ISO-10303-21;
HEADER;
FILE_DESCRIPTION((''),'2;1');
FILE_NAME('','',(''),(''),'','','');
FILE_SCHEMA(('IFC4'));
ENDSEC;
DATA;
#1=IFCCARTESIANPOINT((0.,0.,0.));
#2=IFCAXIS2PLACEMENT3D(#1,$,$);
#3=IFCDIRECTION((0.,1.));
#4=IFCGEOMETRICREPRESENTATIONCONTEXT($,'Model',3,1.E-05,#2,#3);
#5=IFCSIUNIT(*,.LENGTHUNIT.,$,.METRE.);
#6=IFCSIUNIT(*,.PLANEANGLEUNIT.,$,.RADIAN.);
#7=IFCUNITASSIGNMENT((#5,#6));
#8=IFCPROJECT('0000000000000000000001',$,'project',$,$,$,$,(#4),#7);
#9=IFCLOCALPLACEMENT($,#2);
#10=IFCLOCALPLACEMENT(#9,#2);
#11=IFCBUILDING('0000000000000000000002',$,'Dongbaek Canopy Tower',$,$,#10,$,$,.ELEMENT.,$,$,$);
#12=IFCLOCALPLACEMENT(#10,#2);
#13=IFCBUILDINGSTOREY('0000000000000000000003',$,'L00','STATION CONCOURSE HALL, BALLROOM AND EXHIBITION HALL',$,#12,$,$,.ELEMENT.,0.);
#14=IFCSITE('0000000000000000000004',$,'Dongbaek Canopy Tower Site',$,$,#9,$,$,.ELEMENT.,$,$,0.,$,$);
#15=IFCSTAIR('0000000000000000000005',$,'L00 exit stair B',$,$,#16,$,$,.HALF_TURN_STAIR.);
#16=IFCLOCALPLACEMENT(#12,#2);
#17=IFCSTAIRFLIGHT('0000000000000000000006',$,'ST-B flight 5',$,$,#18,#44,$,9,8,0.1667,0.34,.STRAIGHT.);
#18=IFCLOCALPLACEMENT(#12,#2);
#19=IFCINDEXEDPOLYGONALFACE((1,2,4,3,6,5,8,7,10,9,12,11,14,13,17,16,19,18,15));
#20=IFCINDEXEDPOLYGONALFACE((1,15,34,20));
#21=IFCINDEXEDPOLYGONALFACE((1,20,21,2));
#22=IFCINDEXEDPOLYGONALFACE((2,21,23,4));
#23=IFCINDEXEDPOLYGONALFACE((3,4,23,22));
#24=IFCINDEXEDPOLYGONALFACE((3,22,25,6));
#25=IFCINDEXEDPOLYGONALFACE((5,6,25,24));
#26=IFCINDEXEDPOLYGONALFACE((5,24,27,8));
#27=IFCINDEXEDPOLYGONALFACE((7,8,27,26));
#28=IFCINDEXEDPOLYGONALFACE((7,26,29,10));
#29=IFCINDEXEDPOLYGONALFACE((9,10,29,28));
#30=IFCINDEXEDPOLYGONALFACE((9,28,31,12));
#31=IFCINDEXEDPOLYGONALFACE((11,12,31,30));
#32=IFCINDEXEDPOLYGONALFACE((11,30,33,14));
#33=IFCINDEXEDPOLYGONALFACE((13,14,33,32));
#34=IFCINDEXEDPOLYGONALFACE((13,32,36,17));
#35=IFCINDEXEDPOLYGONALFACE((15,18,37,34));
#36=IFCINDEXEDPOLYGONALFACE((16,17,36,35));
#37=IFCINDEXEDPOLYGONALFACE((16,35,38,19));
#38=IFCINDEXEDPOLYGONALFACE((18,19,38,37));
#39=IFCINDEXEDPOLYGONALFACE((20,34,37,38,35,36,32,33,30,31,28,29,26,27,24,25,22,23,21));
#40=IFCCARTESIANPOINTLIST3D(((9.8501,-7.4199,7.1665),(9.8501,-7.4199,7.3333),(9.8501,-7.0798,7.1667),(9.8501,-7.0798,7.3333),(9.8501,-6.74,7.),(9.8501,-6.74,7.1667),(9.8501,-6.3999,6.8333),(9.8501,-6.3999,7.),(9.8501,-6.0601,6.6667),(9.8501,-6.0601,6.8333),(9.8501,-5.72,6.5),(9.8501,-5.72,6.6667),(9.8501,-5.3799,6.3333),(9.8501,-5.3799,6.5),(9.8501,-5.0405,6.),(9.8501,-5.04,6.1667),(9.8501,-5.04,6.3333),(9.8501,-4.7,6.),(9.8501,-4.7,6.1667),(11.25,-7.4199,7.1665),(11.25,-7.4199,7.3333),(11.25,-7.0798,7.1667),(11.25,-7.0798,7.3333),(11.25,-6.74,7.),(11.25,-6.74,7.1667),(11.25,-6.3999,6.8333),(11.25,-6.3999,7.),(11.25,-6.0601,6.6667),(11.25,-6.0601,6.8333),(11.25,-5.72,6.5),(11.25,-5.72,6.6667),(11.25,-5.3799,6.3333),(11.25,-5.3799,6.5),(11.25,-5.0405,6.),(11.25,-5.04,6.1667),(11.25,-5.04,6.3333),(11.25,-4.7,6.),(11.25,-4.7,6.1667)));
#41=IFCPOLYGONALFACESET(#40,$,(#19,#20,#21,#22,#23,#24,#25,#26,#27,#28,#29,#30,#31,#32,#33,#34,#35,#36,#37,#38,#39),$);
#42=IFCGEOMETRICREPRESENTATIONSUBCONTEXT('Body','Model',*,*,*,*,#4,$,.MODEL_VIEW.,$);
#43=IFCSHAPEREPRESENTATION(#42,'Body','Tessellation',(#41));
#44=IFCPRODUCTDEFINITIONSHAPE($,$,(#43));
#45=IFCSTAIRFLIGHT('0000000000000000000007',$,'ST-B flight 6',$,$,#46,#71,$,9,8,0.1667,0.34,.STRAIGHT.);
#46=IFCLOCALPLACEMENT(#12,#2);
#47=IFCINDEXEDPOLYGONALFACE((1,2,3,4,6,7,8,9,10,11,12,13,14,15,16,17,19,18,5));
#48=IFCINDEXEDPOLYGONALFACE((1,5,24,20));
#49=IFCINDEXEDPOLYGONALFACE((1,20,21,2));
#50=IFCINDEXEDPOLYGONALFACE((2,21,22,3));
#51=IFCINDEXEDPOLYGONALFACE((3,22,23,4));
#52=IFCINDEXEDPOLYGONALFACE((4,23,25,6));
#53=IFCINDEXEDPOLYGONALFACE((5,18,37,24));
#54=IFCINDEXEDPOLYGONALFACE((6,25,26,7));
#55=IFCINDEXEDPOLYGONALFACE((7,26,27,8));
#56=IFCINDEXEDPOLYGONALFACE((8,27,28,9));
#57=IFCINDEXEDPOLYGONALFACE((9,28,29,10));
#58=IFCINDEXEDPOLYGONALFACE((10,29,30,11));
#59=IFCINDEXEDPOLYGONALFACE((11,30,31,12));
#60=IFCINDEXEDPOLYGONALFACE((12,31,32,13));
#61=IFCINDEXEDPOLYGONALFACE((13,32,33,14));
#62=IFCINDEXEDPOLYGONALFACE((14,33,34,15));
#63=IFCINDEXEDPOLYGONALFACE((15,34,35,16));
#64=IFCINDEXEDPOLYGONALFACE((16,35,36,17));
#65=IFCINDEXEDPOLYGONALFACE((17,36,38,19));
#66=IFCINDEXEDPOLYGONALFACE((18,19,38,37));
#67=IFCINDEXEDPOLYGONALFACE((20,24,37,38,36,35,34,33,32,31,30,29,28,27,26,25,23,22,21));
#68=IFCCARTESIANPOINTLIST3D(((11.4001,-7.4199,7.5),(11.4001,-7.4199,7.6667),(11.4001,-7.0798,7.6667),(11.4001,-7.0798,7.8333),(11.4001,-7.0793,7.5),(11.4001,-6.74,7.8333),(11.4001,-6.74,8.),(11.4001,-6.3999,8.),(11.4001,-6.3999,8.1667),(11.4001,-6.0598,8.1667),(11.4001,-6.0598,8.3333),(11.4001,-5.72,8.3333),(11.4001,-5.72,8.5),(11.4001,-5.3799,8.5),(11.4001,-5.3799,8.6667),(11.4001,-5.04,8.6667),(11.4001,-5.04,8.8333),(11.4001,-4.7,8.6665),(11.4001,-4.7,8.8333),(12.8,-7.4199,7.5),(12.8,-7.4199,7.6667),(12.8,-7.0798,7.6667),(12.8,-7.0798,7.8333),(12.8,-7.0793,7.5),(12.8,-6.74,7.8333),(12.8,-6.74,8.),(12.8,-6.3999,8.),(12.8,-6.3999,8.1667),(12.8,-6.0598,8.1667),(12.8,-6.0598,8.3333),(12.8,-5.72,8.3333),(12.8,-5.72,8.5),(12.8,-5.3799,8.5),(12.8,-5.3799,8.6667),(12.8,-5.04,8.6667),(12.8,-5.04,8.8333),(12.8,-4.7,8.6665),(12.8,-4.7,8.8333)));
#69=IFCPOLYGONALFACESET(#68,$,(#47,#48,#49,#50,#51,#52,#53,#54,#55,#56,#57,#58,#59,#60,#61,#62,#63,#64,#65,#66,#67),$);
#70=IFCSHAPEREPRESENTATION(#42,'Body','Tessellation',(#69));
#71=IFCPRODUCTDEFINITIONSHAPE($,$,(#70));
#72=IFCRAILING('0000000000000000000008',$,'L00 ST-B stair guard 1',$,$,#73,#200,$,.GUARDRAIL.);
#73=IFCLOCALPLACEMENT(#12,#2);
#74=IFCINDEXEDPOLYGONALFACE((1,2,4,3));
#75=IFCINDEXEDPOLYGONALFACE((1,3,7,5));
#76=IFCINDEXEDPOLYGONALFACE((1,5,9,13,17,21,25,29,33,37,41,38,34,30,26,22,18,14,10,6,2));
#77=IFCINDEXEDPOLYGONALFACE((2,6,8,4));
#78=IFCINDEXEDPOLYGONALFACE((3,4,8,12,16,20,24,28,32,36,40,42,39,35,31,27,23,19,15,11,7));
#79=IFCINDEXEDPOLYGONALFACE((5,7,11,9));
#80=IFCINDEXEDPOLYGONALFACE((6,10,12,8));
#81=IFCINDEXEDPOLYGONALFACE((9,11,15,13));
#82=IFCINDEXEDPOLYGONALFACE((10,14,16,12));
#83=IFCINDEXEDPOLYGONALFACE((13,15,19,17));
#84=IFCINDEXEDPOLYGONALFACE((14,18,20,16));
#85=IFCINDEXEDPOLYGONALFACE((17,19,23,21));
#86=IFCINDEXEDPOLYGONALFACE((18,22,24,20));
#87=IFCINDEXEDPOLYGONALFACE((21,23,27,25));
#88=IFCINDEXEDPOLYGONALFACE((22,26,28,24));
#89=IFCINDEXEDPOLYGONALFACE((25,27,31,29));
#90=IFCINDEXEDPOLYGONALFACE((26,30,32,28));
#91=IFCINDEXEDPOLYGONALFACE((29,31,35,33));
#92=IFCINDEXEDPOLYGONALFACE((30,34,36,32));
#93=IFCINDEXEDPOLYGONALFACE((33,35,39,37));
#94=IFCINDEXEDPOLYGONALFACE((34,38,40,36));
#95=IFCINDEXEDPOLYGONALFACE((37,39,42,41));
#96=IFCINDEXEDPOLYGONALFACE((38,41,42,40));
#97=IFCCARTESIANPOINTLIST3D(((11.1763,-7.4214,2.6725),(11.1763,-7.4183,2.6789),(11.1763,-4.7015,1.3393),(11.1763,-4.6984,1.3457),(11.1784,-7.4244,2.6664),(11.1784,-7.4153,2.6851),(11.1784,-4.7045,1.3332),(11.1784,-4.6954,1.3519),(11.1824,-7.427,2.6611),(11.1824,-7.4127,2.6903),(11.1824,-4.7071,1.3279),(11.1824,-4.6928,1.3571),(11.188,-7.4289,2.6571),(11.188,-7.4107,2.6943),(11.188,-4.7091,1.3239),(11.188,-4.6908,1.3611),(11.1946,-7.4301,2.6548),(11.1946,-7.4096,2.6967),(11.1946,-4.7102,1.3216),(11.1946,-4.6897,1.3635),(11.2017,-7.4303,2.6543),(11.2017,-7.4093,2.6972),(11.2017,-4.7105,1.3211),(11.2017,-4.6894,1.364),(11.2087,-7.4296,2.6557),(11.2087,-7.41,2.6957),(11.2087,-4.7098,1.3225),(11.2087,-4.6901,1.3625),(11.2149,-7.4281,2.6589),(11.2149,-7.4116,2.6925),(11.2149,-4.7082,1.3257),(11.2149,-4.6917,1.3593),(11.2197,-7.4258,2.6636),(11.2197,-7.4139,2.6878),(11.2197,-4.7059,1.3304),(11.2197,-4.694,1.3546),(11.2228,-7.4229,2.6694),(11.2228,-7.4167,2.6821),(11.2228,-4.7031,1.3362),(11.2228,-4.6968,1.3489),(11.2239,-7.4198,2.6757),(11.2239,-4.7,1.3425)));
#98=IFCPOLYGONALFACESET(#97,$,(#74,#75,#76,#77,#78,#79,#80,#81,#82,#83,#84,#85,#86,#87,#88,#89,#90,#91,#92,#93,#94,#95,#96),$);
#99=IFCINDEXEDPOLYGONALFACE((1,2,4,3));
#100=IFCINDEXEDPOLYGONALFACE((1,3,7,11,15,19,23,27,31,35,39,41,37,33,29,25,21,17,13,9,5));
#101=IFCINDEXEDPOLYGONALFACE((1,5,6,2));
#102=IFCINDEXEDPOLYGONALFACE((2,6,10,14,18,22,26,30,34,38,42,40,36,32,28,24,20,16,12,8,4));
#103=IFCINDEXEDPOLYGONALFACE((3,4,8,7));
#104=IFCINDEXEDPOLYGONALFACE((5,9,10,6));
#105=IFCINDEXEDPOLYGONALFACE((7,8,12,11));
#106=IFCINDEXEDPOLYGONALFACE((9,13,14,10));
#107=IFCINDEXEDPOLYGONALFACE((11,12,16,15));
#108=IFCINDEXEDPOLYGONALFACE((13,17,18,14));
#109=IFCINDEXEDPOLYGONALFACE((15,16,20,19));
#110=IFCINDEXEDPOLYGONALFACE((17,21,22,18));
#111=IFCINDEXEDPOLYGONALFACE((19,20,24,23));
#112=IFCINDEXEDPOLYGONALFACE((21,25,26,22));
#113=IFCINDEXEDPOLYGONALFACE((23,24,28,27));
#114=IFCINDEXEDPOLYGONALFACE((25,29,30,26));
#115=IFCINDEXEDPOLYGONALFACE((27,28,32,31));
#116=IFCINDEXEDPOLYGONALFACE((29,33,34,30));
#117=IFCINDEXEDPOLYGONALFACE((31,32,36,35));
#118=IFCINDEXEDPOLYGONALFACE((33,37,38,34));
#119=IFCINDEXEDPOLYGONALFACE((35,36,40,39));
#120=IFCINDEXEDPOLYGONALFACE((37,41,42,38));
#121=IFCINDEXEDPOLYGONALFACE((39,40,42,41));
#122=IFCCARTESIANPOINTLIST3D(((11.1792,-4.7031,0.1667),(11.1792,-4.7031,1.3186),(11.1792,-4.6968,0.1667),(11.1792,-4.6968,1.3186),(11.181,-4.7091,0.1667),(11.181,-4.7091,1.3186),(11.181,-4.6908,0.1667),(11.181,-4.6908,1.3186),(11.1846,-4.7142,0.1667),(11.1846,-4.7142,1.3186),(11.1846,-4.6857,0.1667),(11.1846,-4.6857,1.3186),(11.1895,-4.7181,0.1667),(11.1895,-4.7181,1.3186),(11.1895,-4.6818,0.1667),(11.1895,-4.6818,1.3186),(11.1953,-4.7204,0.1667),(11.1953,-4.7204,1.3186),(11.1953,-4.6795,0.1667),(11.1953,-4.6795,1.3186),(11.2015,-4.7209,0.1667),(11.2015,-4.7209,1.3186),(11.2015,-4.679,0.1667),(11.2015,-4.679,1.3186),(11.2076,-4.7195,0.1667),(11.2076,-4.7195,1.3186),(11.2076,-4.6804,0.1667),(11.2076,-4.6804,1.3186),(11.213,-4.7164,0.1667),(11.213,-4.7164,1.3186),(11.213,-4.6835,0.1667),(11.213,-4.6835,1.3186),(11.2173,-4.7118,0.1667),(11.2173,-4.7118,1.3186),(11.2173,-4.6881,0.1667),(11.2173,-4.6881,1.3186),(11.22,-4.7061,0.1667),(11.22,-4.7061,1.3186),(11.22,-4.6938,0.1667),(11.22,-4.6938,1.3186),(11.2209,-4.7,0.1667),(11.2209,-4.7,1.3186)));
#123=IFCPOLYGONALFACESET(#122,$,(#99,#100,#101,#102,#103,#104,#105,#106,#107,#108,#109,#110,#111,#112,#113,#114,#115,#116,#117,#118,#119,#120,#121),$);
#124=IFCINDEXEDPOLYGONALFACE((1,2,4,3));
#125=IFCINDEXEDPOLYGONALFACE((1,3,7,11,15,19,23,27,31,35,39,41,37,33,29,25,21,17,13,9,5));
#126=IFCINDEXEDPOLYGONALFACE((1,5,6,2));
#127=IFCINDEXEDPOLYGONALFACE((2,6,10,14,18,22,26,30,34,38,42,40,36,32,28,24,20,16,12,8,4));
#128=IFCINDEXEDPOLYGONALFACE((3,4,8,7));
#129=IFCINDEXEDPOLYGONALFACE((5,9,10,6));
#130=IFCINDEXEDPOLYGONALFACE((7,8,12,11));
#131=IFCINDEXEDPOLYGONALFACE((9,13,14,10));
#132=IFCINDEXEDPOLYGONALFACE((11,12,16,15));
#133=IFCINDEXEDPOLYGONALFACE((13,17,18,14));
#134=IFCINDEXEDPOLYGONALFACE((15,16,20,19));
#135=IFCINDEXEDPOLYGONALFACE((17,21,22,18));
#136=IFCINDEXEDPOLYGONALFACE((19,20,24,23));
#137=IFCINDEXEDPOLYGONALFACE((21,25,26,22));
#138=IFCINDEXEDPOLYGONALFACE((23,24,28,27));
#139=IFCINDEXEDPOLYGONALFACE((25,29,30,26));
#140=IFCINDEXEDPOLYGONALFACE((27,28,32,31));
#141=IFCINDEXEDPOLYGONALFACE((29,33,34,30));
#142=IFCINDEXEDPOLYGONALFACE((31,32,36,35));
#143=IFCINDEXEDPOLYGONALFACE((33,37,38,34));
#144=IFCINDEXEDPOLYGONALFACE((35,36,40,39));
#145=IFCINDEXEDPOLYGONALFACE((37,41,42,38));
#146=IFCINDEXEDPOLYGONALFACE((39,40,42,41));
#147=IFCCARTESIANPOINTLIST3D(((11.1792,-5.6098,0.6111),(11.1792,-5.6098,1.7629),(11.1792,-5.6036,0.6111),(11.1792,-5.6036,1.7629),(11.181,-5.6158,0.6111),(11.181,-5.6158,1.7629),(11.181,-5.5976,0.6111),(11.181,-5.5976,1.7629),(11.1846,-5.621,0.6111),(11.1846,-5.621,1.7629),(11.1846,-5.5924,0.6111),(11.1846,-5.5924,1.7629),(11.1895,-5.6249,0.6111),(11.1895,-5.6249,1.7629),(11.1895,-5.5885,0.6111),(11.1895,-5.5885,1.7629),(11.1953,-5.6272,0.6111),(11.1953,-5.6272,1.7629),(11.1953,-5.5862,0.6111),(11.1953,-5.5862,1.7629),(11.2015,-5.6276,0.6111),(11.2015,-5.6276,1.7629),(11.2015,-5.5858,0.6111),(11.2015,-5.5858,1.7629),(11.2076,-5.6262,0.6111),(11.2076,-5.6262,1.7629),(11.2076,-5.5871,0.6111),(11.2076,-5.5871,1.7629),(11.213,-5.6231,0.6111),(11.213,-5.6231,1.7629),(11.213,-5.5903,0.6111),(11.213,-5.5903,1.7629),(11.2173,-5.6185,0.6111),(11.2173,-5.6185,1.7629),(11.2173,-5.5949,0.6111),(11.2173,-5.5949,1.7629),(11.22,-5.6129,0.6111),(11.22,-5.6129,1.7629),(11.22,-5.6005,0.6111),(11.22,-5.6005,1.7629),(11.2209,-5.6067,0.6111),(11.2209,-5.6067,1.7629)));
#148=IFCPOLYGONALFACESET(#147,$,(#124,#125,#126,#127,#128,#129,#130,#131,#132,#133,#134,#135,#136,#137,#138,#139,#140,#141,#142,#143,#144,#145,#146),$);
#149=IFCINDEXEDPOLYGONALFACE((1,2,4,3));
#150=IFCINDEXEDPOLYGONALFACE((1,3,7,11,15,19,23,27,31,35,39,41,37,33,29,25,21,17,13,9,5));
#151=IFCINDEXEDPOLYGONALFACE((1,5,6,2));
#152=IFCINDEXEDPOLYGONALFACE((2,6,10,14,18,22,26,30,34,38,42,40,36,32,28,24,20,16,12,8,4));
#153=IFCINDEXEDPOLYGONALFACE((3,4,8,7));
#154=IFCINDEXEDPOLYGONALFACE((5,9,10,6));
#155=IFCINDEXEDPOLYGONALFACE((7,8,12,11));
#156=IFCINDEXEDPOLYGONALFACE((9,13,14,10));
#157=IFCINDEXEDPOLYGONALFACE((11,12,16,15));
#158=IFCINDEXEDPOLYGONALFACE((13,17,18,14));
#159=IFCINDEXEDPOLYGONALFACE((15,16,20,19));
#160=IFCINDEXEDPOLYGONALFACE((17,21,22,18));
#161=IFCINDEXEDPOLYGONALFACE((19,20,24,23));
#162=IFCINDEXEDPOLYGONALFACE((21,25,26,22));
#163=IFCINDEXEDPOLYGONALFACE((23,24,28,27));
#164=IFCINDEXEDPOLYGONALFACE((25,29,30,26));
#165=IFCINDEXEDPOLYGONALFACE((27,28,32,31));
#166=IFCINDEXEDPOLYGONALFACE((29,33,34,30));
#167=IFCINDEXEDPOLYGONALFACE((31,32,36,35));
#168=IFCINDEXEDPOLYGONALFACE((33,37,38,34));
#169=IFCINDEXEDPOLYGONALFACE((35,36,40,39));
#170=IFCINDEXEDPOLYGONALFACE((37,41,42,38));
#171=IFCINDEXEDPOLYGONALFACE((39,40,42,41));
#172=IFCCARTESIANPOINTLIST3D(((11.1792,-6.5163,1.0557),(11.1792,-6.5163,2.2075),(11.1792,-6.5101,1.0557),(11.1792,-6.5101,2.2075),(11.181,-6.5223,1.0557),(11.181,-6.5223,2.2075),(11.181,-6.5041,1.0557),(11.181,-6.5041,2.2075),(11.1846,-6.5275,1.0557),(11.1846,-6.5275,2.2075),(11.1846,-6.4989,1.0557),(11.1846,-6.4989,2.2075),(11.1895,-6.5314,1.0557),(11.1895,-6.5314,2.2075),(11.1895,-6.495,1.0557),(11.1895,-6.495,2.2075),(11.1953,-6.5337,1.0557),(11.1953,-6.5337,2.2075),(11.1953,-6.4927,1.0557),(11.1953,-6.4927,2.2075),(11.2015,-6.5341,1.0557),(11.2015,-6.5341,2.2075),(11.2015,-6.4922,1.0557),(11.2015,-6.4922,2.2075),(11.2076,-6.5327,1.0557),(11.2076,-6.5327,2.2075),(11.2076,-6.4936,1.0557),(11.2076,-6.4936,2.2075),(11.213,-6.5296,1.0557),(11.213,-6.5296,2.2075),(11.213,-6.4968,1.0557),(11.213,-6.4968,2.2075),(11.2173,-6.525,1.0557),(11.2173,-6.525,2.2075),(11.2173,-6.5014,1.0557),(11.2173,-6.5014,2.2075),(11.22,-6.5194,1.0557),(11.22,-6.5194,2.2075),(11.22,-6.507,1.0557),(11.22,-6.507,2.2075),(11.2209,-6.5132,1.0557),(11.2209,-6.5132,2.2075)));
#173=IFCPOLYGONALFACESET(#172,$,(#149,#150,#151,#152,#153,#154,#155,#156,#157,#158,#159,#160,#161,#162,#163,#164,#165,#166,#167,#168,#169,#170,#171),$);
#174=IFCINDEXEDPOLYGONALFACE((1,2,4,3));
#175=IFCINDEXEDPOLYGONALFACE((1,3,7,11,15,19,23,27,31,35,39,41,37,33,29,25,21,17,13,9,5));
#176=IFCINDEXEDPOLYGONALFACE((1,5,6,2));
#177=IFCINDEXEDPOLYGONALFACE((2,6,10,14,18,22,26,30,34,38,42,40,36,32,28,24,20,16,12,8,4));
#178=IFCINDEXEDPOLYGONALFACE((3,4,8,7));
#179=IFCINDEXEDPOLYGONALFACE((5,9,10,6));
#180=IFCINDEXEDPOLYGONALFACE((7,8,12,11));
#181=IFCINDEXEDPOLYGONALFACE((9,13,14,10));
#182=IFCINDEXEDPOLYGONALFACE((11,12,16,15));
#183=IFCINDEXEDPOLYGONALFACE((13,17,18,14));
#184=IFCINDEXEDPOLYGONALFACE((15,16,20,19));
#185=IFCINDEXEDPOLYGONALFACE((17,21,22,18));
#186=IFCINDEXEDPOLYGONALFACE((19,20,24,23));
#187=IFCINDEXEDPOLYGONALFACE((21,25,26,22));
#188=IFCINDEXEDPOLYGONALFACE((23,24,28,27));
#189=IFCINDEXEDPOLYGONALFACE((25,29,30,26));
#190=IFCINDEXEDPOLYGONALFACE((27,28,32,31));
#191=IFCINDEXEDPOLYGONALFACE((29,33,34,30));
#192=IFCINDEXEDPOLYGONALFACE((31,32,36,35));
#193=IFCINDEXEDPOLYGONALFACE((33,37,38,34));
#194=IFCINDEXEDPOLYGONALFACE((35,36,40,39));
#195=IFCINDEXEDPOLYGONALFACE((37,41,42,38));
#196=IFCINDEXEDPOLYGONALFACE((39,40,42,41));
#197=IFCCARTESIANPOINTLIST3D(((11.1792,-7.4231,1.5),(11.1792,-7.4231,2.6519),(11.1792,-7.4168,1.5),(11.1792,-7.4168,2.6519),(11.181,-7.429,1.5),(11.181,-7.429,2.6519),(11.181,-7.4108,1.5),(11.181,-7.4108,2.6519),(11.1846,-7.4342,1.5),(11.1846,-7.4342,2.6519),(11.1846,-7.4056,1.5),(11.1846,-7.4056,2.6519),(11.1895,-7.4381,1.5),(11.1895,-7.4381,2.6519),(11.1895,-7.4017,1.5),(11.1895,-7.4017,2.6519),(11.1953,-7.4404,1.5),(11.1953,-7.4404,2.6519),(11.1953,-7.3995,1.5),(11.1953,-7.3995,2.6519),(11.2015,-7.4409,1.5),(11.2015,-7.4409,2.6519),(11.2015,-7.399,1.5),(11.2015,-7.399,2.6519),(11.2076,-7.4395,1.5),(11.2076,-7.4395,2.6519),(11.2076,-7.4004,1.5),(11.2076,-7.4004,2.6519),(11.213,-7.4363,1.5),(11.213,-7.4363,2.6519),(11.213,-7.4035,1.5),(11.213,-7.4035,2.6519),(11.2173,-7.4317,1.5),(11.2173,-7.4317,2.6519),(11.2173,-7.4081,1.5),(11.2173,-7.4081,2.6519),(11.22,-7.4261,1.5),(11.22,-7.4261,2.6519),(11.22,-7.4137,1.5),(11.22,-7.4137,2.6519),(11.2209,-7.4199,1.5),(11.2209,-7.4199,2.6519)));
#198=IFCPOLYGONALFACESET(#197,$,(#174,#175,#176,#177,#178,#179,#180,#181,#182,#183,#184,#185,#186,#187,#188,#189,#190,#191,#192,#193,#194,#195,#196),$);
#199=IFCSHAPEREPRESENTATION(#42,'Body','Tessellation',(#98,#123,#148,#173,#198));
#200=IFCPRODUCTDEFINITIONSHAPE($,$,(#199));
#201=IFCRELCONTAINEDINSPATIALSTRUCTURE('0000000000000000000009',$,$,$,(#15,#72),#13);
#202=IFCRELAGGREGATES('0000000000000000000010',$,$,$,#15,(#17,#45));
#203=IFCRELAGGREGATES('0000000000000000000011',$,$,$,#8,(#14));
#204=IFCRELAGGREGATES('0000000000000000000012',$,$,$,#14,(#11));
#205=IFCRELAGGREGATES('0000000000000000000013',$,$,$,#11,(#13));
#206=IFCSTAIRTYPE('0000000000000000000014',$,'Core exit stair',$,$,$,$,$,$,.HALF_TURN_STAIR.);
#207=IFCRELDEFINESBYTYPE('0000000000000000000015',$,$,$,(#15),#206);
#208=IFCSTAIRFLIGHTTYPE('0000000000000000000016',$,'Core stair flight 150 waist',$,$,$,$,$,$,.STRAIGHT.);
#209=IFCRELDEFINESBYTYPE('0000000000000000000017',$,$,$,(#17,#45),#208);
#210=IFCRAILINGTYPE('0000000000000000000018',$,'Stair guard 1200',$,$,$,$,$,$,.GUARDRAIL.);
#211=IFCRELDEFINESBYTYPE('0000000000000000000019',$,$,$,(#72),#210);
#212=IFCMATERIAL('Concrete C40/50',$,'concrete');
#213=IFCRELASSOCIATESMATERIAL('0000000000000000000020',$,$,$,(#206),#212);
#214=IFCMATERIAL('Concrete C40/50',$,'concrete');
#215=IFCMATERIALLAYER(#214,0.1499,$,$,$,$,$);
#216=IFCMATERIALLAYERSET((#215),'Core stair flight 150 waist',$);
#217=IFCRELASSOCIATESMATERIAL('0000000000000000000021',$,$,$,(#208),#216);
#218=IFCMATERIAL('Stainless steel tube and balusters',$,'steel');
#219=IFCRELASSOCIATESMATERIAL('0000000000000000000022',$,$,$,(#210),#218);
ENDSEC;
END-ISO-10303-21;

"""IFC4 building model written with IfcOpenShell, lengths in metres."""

from ifc_helpers import new_model, si_unit, direction, frame, origin, origin_2d, place, context, subcontext, project, spatial, polyline, circle, outline, extrude, material, layer, layer_set, type_object, element, aggregate, save


model = new_model("IFC4")

# Units and contexts
model_context = context("Model", 3, precision=1e-05, world=origin(), true_north=direction((0.0, 1.0)))
body_context = subcontext(model_context, "Body", "Model", "MODEL_VIEW")
ifc_project = project(units=[si_unit("LENGTHUNIT", "METRE"), si_unit("PLANEANGLEUNIT", "RADIAN")], contexts=[model_context])

# Site, building, storey
site_placement = place(None, origin())
site = spatial("IfcSite", under=ifc_project, at=site_placement, Name="Dongbaek Canopy Tower Site", CompositionType="ELEMENT", RefElevation=0.0)
building_placement = place(site_placement, origin())
building = spatial("IfcBuilding", under=site, at=building_placement, Name="Dongbaek Canopy Tower", CompositionType="ELEMENT")
storey_placement = place(building_placement, origin())
storey = spatial("IfcBuildingStorey", under=building, at=storey_placement, Name="L00", Description="STATION CONCOURSE HALL, BALLROOM AND EXHIBITION HALL", CompositionType="ELEMENT", Elevation=0.0)

# Stair, stair flights
ifc_material_1 = material(Name="Concrete C40/50", Category="concrete")
stair_type = type_object("IfcStairType", Name="Core exit stair", PredefinedType="HALF_TURN_STAIR", material=ifc_material_1)
stair_placement = place(storey_placement, origin())
stair = element("IfcStair", 1, at=stair_placement, inside=storey, type_object=stair_type, Name="L00 exit stair B", PredefinedType="HALF_TURN_STAIR")
ifc_material_2 = material(Name="Concrete C40/50", Category="concrete")
ifc_layer_1 = layer(ifc_material_2, 0.1499)
ifc_layer_set_1 = layer_set([ifc_layer_1], Name="Core stair flight 150 waist")
stair_flight_type = type_object("IfcStairFlightType", Name="Core stair flight 150 waist", PredefinedType="STRAIGHT", material=ifc_layer_set_1)
stair_flight_1_placement = place(storey_placement, frame((10.55, -4.7, 6.0), z_axis=(0.0, 0.0, 1.0), x_axis=(0.0, -1.0, 0.0)))
stair_flight_1 = element("IfcStairFlight", 2, at=stair_flight_1_placement, type_object=stair_flight_type, Name="ST-B flight 5", NumberOfRisers=9, NumberOfTreads=8, PredefinedType="STRAIGHT", RiserHeight=0.1667, TreadLength=0.34, context=body_context, shape_type="SweptSolid", body=[
    extrude(outline(polyline([(0.0, 0.0), (0.0, 0.1667), (0.3401, 0.1667), (0.3401, 0.3333), (0.6799, 0.3333), (0.6799, 0.5), (1.02, 0.5), (1.02, 0.6667), (1.3601, 0.6667), (1.3601, 0.8333), (1.7, 0.8333), (1.7, 1.0), (2.04, 1.0), (2.04, 1.1667), (2.3799, 1.1667), (2.3799, 1.3333), (2.72, 1.3333), (2.72, 1.5), (2.72, 1.1665), (0.3406, 0.0), (0.0, 0.0)])), frame((0.0, 0.7, 0.0), z_axis=(0.0, -1.0, 0.0), x_axis=(1.0, 0.0, 0.0)), (0.0, 0.0, 1.0), 1.3999),
])
stair_flight_2_placement = place(storey_placement, frame((12.1001, -7.4199, 7.5), z_axis=(0.0, 0.0, 1.0), x_axis=(0.0, 1.0, 0.0)))
stair_flight_2 = element("IfcStairFlight", 3, at=stair_flight_2_placement, type_object=stair_flight_type, Name="ST-B flight 6", NumberOfRisers=9, NumberOfTreads=8, PredefinedType="STRAIGHT", RiserHeight=0.1667, TreadLength=0.34, context=body_context, shape_type="SweptSolid", body=[
    extrude(outline(polyline([(0.0, 0.0), (0.0, 0.1667), (0.3401, 0.1667), (0.3401, 0.3333), (0.6799, 0.3333), (0.6799, 0.5), (1.02, 0.5), (1.02, 0.6667), (1.3601, 0.6667), (1.3601, 0.8333), (1.7, 0.8333), (1.7, 1.0), (2.04, 1.0), (2.04, 1.1667), (2.3799, 1.1667), (2.3799, 1.3333), (2.72, 1.3333), (2.72, 1.5), (2.72, 1.1665), (0.3406, 0.0), (0.0, 0.0)])), frame((0.0, 0.7, 0.0), z_axis=(0.0, -1.0, 0.0), x_axis=(1.0, 0.0, 0.0)), (0.0, 0.0, 1.0), 1.3999),
])
aggregate(stair, [stair_flight_1, stair_flight_2])

# Railing
ifc_material_3 = material(Name="Stainless steel tube and balusters", Category="steel")
railing_type_1 = type_object("IfcRailingType", Name="Stair guard 1200", PredefinedType="GUARDRAIL", material=ifc_material_3)
railing_1_placement = place(storey_placement, frame((11.2, -4.7, 0.1667)))
element("IfcRailing", 4, at=railing_1_placement, inside=storey, type_object=railing_type_1, Name="L00 ST-B stair guard 1", PredefinedType="GUARDRAIL", context=body_context, shape_type="SweptSolid", body=[
    extrude(circle(Radius=0.0239, at=origin_2d()), frame((0.0, 0.0, 1.1758), z_axis=(0.0, -0.897929, 0.440139), x_axis=(1.0, 0.0, 0.0)), (0.0, 0.0, 1.0), 3.0291),
    extrude(circle(Radius=0.021, at=origin_2d()), origin(), (0.0, 0.0, 1.0), 1.1519),
    extrude(circle(Radius=0.021, at=origin_2d()), frame((0.0, -0.9067, 0.4443)), (0.0, 0.0, 1.0), 1.1519),
    extrude(circle(Radius=0.021, at=origin_2d()), frame((0.0, -1.8132, 0.8889)), (0.0, 0.0, 1.0), 1.1519),
    extrude(circle(Radius=0.021, at=origin_2d()), frame((0.0, -2.72, 1.3333)), (0.0, 0.0, 1.0), 1.1519),
])

save(model, "model.ifc")
